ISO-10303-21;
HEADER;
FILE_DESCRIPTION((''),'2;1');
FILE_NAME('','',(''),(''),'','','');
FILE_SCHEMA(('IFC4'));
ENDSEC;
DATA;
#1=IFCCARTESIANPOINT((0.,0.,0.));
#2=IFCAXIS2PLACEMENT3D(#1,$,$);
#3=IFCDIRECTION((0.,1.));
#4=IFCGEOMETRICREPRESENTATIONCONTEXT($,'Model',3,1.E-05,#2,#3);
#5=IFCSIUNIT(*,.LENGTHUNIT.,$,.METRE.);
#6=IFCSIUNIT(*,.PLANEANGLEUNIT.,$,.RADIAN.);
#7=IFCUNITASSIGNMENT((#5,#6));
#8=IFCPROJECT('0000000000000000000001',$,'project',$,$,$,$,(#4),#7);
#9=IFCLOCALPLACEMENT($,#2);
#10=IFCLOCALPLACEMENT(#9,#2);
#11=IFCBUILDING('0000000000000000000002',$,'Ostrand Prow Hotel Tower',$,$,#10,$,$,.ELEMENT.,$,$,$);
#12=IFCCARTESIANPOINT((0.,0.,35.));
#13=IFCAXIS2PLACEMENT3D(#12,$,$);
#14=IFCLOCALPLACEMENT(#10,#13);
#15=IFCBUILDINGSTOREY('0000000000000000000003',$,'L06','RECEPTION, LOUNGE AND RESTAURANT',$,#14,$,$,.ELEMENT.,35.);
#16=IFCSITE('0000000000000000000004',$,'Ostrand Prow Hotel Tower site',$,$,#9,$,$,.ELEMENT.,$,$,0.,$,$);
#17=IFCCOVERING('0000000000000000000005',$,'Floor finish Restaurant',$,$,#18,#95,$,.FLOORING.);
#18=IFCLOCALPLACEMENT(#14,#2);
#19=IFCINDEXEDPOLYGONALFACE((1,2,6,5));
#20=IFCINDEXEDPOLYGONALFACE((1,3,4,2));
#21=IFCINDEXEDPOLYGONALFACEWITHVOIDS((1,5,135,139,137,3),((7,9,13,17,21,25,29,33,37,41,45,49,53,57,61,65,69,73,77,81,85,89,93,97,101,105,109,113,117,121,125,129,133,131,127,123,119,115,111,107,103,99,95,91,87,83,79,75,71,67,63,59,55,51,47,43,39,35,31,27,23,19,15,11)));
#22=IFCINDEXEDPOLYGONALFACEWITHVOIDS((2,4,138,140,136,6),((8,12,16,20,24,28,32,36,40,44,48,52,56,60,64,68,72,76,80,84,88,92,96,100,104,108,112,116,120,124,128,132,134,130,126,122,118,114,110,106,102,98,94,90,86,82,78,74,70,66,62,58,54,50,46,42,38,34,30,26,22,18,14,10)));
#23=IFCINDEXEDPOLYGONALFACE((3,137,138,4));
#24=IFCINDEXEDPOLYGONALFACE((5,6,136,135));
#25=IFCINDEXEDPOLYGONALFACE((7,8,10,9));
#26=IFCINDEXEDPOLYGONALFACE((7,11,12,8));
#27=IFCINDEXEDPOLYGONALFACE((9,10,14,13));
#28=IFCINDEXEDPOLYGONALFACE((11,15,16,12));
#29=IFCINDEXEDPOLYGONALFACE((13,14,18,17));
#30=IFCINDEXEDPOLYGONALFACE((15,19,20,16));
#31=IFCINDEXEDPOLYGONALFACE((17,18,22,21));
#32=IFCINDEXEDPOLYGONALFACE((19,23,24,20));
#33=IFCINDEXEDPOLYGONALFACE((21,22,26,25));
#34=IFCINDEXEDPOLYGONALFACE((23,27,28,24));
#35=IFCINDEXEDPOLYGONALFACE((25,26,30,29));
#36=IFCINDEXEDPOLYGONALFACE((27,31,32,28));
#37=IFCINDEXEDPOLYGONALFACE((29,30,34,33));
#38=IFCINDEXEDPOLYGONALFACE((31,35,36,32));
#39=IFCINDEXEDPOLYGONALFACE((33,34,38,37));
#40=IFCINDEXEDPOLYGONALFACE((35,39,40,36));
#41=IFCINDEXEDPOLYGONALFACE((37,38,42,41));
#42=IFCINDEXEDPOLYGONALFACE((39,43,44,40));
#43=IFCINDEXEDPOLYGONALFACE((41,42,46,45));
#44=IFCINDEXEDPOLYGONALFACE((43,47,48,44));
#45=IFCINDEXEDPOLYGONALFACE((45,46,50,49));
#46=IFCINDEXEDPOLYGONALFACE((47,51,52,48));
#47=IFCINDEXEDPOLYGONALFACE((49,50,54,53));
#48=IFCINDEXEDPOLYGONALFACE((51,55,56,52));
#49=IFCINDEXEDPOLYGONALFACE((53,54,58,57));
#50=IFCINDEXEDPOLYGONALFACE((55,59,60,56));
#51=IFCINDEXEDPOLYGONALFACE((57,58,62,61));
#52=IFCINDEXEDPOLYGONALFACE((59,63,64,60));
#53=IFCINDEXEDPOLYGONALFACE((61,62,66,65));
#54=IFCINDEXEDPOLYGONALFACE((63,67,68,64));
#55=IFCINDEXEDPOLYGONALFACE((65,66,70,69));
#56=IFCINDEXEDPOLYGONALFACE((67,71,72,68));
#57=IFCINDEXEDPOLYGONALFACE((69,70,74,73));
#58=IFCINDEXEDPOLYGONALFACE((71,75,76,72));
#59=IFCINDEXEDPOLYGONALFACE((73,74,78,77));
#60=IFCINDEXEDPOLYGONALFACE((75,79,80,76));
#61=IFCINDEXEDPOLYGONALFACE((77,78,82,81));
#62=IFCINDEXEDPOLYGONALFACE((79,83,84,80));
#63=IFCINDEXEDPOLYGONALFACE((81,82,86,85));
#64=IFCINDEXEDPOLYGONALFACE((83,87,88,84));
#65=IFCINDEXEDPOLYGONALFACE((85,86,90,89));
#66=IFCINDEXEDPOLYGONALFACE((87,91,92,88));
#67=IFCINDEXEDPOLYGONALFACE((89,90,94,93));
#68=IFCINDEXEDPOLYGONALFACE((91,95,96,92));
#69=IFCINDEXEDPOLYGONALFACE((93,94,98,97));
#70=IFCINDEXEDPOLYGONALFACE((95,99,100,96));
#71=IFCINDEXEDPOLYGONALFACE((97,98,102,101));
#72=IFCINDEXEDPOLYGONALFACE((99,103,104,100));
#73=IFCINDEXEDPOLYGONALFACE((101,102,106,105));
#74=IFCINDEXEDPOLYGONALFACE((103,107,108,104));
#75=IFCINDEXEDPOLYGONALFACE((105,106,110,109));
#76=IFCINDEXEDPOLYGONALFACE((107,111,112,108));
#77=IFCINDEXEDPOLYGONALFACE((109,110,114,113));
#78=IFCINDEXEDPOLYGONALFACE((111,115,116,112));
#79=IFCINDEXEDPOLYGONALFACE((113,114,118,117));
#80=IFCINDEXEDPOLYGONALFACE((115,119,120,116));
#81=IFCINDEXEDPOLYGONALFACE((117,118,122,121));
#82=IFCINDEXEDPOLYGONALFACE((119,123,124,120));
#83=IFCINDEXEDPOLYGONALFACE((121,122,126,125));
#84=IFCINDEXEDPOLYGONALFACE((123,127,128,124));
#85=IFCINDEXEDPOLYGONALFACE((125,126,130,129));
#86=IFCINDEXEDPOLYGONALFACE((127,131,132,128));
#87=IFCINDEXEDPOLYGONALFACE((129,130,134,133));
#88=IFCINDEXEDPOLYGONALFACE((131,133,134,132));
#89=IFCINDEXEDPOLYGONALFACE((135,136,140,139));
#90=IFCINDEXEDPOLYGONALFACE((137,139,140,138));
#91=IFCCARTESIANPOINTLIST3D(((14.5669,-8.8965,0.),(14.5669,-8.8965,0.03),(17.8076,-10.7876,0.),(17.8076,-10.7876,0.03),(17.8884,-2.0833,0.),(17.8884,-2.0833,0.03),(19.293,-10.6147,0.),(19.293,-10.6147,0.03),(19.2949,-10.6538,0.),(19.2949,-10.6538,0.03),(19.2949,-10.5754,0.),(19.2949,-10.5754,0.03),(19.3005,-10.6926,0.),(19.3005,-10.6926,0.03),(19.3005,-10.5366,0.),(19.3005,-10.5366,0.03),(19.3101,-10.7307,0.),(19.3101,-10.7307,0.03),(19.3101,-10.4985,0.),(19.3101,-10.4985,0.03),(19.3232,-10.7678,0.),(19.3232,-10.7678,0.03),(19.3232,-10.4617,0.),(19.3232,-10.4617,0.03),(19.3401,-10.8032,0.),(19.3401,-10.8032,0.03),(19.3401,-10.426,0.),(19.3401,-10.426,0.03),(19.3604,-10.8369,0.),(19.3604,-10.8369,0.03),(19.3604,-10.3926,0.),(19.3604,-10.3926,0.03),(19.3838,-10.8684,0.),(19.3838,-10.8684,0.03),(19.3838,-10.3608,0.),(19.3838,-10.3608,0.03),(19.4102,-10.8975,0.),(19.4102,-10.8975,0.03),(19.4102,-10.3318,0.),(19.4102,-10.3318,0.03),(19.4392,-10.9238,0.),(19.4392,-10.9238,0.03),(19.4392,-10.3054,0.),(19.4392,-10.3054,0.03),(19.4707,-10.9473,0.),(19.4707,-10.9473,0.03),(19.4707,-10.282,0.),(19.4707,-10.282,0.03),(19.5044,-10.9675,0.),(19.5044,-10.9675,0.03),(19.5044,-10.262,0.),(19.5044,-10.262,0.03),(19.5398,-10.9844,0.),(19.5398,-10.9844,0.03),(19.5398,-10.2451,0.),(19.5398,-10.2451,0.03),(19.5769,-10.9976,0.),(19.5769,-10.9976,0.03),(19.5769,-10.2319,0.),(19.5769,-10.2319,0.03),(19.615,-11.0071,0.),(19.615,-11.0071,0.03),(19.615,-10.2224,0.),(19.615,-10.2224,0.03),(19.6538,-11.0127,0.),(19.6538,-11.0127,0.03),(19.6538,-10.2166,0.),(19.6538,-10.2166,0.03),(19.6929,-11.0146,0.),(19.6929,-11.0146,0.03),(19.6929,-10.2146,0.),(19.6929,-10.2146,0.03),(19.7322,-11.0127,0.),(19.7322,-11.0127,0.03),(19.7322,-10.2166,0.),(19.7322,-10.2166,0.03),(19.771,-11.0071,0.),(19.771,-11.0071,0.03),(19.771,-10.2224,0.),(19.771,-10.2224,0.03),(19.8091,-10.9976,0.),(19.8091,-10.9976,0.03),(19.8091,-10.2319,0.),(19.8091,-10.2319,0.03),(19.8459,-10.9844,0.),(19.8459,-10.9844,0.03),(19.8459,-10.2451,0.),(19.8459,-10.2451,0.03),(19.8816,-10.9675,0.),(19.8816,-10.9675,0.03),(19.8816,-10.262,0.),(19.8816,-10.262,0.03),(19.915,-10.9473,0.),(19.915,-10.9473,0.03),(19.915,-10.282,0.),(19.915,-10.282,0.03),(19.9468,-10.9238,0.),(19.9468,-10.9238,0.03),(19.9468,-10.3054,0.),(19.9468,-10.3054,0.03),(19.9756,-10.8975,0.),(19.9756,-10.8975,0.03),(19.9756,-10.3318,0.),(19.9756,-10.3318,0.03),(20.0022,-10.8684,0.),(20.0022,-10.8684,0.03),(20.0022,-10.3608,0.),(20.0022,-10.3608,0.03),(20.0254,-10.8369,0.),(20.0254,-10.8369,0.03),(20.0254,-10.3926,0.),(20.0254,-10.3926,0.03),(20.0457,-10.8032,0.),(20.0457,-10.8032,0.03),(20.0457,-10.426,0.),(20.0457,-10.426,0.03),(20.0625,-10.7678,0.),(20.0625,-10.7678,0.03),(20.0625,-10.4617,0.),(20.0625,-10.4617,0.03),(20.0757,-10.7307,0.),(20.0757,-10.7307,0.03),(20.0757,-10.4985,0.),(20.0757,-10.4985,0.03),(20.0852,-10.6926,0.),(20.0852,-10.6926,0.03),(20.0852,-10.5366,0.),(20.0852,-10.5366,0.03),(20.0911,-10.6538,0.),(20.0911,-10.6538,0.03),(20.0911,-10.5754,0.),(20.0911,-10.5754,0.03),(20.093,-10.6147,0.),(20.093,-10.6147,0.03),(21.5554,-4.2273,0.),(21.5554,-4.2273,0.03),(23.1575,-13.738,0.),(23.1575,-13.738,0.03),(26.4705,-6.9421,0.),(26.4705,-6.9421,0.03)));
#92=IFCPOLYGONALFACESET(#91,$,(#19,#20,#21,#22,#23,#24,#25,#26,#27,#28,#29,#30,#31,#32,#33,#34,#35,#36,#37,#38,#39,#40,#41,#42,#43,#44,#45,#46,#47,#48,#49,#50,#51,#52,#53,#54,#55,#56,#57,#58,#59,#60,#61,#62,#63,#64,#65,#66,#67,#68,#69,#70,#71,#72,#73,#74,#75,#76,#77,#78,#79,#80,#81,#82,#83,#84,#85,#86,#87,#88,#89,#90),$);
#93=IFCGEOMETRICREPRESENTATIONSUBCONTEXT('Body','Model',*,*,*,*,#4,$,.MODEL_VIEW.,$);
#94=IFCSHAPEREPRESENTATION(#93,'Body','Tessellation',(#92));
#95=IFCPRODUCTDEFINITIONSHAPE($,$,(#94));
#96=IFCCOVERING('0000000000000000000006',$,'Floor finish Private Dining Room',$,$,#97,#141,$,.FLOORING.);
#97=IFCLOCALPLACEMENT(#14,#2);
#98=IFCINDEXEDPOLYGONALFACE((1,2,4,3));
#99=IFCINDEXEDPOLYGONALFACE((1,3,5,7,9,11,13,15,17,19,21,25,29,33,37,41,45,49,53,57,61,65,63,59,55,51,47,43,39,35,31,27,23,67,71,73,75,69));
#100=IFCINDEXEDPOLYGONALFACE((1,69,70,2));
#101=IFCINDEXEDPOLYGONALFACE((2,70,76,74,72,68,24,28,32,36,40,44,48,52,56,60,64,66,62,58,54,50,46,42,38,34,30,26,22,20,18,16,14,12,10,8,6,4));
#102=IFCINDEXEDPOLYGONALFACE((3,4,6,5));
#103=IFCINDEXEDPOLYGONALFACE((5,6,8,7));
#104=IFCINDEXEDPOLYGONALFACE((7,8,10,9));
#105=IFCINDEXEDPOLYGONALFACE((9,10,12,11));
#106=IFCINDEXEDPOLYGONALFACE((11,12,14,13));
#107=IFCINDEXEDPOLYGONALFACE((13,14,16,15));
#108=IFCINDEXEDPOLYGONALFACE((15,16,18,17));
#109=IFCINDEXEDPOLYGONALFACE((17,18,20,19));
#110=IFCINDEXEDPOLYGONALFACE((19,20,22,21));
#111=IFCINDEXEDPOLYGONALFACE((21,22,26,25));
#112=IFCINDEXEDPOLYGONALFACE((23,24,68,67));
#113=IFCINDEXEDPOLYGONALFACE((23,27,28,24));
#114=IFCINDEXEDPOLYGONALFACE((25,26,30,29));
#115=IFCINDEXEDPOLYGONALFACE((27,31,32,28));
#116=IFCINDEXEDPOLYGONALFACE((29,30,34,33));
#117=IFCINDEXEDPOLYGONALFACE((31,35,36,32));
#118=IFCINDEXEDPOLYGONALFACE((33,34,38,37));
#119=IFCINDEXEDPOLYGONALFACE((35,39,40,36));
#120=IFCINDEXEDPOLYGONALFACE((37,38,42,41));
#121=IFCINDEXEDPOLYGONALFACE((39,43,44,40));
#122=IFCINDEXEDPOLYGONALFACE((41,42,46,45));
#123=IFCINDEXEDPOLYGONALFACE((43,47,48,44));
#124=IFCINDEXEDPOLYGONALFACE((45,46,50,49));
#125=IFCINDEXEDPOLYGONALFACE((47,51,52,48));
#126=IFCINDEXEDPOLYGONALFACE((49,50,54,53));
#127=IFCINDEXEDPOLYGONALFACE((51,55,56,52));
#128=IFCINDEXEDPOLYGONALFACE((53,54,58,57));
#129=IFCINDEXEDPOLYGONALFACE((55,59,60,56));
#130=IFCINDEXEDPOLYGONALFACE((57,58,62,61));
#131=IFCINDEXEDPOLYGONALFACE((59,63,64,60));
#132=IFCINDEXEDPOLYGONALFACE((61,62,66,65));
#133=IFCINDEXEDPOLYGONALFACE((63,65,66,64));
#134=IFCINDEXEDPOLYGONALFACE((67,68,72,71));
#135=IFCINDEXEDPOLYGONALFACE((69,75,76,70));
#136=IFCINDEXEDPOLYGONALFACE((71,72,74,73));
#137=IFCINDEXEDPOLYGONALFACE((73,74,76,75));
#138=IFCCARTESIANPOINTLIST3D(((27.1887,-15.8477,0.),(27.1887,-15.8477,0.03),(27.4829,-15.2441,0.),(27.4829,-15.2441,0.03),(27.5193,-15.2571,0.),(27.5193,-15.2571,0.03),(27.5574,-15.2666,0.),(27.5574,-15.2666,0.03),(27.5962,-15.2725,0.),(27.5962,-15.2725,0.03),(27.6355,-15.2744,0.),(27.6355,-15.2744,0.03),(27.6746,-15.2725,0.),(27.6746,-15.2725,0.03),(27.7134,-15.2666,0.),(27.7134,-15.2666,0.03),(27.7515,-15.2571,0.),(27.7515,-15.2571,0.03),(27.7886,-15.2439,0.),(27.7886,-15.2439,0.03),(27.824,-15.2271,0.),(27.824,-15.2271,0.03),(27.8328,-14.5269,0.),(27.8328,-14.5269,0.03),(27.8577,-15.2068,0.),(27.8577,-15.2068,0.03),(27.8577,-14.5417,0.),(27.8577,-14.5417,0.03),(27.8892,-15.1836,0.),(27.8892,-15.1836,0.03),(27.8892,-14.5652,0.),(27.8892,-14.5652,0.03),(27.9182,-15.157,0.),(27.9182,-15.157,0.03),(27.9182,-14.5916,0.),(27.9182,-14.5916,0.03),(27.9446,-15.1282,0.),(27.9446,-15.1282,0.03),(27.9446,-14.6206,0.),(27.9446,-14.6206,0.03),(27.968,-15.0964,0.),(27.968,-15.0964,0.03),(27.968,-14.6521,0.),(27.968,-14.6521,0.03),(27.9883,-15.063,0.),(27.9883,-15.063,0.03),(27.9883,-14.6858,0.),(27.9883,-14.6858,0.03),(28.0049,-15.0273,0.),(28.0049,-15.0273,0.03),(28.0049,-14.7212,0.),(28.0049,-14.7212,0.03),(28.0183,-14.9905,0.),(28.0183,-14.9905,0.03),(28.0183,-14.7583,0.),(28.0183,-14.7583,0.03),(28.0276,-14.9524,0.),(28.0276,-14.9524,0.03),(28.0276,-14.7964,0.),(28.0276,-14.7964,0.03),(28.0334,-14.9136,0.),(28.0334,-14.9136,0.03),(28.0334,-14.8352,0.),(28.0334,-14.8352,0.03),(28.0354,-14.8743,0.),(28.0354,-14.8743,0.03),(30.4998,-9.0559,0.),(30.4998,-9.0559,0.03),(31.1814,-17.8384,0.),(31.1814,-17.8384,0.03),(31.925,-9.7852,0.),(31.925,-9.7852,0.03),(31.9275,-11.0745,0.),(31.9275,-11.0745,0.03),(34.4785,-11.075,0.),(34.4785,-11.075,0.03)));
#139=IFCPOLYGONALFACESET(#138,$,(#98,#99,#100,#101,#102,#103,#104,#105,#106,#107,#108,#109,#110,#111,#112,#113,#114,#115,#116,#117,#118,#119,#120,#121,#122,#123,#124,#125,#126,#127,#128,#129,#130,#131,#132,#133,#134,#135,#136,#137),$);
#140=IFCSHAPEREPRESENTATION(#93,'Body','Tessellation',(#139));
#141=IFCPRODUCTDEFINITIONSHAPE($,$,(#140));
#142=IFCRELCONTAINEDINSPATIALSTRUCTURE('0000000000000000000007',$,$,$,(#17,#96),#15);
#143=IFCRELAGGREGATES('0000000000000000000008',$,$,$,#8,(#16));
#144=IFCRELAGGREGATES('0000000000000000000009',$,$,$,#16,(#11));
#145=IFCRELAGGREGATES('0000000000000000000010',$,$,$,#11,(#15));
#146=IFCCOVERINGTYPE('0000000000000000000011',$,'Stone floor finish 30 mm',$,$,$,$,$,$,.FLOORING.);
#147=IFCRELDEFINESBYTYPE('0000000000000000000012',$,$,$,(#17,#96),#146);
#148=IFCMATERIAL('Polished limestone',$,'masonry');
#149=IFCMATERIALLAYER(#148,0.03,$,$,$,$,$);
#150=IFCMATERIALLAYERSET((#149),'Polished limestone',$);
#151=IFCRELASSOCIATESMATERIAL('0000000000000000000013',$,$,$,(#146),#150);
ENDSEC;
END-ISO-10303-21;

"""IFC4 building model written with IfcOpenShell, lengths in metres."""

from ifc_helpers import new_model, si_unit, direction, frame, origin, place, context, subcontext, project, spatial, polyline, outline, extrude, material, layer, layer_set, type_object, element, save


model = new_model("IFC4")

# Units and contexts
model_context = context("Model", 3, precision=1e-05, world=origin(), true_north=direction((0.0, 1.0)))
body_context = subcontext(model_context, "Body", "Model", "MODEL_VIEW")
ifc_project = project(units=[si_unit("LENGTHUNIT", "METRE"), si_unit("PLANEANGLEUNIT", "RADIAN")], contexts=[model_context])

# Site, building, storey
site_placement = place(None, origin())
site = spatial("IfcSite", under=ifc_project, at=site_placement, Name="Ostrand Prow Hotel Tower site", CompositionType="ELEMENT", RefElevation=0.0)
building_placement = place(site_placement, origin())
building = spatial("IfcBuilding", under=site, at=building_placement, Name="Ostrand Prow Hotel Tower", CompositionType="ELEMENT")
storey_placement = place(building_placement, frame((0.0, 0.0, 35.0)))
storey = spatial("IfcBuildingStorey", under=building, at=storey_placement, Name="L06", Description="RECEPTION, LOUNGE AND RESTAURANT", CompositionType="ELEMENT", Elevation=35.0)

# Coverings
ifc_material_1 = material(Name="Polished limestone", Category="masonry")
ifc_layer_1 = layer(ifc_material_1, 0.03)
ifc_layer_set_1 = layer_set([ifc_layer_1], Name="Polished limestone")
covering_type_1 = type_object("IfcCoveringType", Name="Stone floor finish 30 mm", PredefinedType="FLOORING", material=ifc_layer_set_1)
covering_1_placement = place(storey_placement, origin())
element("IfcCovering", 1, at=covering_1_placement, inside=storey, type_object=covering_type_1, Name="Floor finish Restaurant", PredefinedType="FLOORING", context=body_context, shape_type="SweptSolid", body=[
    extrude(outline(polyline([(17.8076, -10.7876), (23.1575, -13.738), (26.4705, -6.9421), (21.5554, -4.2273), (17.8884, -2.0833), (14.5669, -8.8965), (17.8076, -10.7876)]), holes=[polyline([(20.0457, -10.8032), (20.0254, -10.8369), (20.0022, -10.8684), (19.9756, -10.8975), (19.9468, -10.9238), (19.915, -10.9473), (19.8816, -10.9675), (19.8459, -10.9844), (19.8091, -10.9976), (19.771, -11.0071), (19.7322, -11.0127), (19.6929, -11.0146), (19.6538, -11.0127), (19.615, -11.0071), (19.5769, -10.9976), (19.5398, -10.9844), (19.5044, -10.9675), (19.4707, -10.9473), (19.4392, -10.9238), (19.4102, -10.8975), (19.3838, -10.8684), (19.3604, -10.8369), (19.3401, -10.8032), (19.3232, -10.7678), (19.3101, -10.7307), (19.3005, -10.6926), (19.2949, -10.6538), (19.293, -10.6147), (19.2949, -10.5754), (19.3005, -10.5366), (19.3101, -10.4985), (19.3232, -10.4617), (19.3401, -10.426), (19.3604, -10.3926), (19.3838, -10.3608), (19.4102, -10.3318), (19.4392, -10.3054), (19.4707, -10.282), (19.5044, -10.262), (19.5398, -10.2451), (19.5769, -10.2319), (19.615, -10.2224), (19.6538, -10.2166), (19.6929, -10.2146), (19.7322, -10.2166), (19.771, -10.2224), (19.8091, -10.2319), (19.8459, -10.2451), (19.8816, -10.262), (19.915, -10.282), (19.9468, -10.3054), (19.9756, -10.3318), (20.0022, -10.3608), (20.0254, -10.3926), (20.0457, -10.426), (20.0625, -10.4617), (20.0757, -10.4985), (20.0852, -10.5366), (20.0911, -10.5754), (20.093, -10.6147), (20.0911, -10.6538), (20.0852, -10.6926), (20.0757, -10.7307), (20.0625, -10.7678), (20.0457, -10.8032)])]), origin(), (0.0, 0.0, 1.0), 0.03),
])
covering_2_placement = place(storey_placement, origin())
element("IfcCovering", 2, at=covering_2_placement, inside=storey, type_object=covering_type_1, Name="Floor finish Private Dining Room", PredefinedType="FLOORING", context=body_context, shape_type="SweptSolid", body=[
    extrude(outline(polyline([(27.1887, -15.8477), (31.1814, -17.8384), (34.4785, -11.075), (31.9275, -11.0745), (31.925, -9.7852), (30.4998, -9.0559), (27.8328, -14.5269), (27.8577, -14.5417), (27.8892, -14.5652), (27.9182, -14.5916), (27.9446, -14.6206), (27.968, -14.6521), (27.9883, -14.6858), (28.0049, -14.7212), (28.0183, -14.7583), (28.0276, -14.7964), (28.0334, -14.8352), (28.0354, -14.8743), (28.0334, -14.9136), (28.0276, -14.9524), (28.0183, -14.9905), (28.0049, -15.0273), (27.9883, -15.063), (27.968, -15.0964), (27.9446, -15.1282), (27.9182, -15.157), (27.8892, -15.1836), (27.8577, -15.2068), (27.824, -15.2271), (27.7886, -15.2439), (27.7515, -15.2571), (27.7134, -15.2666), (27.6746, -15.2725), (27.6355, -15.2744), (27.5962, -15.2725), (27.5574, -15.2666), (27.5193, -15.2571), (27.4829, -15.2441), (27.1887, -15.8477)])), origin(), (0.0, 0.0, 1.0), 0.03),
])

save(model, "model.ifc")
